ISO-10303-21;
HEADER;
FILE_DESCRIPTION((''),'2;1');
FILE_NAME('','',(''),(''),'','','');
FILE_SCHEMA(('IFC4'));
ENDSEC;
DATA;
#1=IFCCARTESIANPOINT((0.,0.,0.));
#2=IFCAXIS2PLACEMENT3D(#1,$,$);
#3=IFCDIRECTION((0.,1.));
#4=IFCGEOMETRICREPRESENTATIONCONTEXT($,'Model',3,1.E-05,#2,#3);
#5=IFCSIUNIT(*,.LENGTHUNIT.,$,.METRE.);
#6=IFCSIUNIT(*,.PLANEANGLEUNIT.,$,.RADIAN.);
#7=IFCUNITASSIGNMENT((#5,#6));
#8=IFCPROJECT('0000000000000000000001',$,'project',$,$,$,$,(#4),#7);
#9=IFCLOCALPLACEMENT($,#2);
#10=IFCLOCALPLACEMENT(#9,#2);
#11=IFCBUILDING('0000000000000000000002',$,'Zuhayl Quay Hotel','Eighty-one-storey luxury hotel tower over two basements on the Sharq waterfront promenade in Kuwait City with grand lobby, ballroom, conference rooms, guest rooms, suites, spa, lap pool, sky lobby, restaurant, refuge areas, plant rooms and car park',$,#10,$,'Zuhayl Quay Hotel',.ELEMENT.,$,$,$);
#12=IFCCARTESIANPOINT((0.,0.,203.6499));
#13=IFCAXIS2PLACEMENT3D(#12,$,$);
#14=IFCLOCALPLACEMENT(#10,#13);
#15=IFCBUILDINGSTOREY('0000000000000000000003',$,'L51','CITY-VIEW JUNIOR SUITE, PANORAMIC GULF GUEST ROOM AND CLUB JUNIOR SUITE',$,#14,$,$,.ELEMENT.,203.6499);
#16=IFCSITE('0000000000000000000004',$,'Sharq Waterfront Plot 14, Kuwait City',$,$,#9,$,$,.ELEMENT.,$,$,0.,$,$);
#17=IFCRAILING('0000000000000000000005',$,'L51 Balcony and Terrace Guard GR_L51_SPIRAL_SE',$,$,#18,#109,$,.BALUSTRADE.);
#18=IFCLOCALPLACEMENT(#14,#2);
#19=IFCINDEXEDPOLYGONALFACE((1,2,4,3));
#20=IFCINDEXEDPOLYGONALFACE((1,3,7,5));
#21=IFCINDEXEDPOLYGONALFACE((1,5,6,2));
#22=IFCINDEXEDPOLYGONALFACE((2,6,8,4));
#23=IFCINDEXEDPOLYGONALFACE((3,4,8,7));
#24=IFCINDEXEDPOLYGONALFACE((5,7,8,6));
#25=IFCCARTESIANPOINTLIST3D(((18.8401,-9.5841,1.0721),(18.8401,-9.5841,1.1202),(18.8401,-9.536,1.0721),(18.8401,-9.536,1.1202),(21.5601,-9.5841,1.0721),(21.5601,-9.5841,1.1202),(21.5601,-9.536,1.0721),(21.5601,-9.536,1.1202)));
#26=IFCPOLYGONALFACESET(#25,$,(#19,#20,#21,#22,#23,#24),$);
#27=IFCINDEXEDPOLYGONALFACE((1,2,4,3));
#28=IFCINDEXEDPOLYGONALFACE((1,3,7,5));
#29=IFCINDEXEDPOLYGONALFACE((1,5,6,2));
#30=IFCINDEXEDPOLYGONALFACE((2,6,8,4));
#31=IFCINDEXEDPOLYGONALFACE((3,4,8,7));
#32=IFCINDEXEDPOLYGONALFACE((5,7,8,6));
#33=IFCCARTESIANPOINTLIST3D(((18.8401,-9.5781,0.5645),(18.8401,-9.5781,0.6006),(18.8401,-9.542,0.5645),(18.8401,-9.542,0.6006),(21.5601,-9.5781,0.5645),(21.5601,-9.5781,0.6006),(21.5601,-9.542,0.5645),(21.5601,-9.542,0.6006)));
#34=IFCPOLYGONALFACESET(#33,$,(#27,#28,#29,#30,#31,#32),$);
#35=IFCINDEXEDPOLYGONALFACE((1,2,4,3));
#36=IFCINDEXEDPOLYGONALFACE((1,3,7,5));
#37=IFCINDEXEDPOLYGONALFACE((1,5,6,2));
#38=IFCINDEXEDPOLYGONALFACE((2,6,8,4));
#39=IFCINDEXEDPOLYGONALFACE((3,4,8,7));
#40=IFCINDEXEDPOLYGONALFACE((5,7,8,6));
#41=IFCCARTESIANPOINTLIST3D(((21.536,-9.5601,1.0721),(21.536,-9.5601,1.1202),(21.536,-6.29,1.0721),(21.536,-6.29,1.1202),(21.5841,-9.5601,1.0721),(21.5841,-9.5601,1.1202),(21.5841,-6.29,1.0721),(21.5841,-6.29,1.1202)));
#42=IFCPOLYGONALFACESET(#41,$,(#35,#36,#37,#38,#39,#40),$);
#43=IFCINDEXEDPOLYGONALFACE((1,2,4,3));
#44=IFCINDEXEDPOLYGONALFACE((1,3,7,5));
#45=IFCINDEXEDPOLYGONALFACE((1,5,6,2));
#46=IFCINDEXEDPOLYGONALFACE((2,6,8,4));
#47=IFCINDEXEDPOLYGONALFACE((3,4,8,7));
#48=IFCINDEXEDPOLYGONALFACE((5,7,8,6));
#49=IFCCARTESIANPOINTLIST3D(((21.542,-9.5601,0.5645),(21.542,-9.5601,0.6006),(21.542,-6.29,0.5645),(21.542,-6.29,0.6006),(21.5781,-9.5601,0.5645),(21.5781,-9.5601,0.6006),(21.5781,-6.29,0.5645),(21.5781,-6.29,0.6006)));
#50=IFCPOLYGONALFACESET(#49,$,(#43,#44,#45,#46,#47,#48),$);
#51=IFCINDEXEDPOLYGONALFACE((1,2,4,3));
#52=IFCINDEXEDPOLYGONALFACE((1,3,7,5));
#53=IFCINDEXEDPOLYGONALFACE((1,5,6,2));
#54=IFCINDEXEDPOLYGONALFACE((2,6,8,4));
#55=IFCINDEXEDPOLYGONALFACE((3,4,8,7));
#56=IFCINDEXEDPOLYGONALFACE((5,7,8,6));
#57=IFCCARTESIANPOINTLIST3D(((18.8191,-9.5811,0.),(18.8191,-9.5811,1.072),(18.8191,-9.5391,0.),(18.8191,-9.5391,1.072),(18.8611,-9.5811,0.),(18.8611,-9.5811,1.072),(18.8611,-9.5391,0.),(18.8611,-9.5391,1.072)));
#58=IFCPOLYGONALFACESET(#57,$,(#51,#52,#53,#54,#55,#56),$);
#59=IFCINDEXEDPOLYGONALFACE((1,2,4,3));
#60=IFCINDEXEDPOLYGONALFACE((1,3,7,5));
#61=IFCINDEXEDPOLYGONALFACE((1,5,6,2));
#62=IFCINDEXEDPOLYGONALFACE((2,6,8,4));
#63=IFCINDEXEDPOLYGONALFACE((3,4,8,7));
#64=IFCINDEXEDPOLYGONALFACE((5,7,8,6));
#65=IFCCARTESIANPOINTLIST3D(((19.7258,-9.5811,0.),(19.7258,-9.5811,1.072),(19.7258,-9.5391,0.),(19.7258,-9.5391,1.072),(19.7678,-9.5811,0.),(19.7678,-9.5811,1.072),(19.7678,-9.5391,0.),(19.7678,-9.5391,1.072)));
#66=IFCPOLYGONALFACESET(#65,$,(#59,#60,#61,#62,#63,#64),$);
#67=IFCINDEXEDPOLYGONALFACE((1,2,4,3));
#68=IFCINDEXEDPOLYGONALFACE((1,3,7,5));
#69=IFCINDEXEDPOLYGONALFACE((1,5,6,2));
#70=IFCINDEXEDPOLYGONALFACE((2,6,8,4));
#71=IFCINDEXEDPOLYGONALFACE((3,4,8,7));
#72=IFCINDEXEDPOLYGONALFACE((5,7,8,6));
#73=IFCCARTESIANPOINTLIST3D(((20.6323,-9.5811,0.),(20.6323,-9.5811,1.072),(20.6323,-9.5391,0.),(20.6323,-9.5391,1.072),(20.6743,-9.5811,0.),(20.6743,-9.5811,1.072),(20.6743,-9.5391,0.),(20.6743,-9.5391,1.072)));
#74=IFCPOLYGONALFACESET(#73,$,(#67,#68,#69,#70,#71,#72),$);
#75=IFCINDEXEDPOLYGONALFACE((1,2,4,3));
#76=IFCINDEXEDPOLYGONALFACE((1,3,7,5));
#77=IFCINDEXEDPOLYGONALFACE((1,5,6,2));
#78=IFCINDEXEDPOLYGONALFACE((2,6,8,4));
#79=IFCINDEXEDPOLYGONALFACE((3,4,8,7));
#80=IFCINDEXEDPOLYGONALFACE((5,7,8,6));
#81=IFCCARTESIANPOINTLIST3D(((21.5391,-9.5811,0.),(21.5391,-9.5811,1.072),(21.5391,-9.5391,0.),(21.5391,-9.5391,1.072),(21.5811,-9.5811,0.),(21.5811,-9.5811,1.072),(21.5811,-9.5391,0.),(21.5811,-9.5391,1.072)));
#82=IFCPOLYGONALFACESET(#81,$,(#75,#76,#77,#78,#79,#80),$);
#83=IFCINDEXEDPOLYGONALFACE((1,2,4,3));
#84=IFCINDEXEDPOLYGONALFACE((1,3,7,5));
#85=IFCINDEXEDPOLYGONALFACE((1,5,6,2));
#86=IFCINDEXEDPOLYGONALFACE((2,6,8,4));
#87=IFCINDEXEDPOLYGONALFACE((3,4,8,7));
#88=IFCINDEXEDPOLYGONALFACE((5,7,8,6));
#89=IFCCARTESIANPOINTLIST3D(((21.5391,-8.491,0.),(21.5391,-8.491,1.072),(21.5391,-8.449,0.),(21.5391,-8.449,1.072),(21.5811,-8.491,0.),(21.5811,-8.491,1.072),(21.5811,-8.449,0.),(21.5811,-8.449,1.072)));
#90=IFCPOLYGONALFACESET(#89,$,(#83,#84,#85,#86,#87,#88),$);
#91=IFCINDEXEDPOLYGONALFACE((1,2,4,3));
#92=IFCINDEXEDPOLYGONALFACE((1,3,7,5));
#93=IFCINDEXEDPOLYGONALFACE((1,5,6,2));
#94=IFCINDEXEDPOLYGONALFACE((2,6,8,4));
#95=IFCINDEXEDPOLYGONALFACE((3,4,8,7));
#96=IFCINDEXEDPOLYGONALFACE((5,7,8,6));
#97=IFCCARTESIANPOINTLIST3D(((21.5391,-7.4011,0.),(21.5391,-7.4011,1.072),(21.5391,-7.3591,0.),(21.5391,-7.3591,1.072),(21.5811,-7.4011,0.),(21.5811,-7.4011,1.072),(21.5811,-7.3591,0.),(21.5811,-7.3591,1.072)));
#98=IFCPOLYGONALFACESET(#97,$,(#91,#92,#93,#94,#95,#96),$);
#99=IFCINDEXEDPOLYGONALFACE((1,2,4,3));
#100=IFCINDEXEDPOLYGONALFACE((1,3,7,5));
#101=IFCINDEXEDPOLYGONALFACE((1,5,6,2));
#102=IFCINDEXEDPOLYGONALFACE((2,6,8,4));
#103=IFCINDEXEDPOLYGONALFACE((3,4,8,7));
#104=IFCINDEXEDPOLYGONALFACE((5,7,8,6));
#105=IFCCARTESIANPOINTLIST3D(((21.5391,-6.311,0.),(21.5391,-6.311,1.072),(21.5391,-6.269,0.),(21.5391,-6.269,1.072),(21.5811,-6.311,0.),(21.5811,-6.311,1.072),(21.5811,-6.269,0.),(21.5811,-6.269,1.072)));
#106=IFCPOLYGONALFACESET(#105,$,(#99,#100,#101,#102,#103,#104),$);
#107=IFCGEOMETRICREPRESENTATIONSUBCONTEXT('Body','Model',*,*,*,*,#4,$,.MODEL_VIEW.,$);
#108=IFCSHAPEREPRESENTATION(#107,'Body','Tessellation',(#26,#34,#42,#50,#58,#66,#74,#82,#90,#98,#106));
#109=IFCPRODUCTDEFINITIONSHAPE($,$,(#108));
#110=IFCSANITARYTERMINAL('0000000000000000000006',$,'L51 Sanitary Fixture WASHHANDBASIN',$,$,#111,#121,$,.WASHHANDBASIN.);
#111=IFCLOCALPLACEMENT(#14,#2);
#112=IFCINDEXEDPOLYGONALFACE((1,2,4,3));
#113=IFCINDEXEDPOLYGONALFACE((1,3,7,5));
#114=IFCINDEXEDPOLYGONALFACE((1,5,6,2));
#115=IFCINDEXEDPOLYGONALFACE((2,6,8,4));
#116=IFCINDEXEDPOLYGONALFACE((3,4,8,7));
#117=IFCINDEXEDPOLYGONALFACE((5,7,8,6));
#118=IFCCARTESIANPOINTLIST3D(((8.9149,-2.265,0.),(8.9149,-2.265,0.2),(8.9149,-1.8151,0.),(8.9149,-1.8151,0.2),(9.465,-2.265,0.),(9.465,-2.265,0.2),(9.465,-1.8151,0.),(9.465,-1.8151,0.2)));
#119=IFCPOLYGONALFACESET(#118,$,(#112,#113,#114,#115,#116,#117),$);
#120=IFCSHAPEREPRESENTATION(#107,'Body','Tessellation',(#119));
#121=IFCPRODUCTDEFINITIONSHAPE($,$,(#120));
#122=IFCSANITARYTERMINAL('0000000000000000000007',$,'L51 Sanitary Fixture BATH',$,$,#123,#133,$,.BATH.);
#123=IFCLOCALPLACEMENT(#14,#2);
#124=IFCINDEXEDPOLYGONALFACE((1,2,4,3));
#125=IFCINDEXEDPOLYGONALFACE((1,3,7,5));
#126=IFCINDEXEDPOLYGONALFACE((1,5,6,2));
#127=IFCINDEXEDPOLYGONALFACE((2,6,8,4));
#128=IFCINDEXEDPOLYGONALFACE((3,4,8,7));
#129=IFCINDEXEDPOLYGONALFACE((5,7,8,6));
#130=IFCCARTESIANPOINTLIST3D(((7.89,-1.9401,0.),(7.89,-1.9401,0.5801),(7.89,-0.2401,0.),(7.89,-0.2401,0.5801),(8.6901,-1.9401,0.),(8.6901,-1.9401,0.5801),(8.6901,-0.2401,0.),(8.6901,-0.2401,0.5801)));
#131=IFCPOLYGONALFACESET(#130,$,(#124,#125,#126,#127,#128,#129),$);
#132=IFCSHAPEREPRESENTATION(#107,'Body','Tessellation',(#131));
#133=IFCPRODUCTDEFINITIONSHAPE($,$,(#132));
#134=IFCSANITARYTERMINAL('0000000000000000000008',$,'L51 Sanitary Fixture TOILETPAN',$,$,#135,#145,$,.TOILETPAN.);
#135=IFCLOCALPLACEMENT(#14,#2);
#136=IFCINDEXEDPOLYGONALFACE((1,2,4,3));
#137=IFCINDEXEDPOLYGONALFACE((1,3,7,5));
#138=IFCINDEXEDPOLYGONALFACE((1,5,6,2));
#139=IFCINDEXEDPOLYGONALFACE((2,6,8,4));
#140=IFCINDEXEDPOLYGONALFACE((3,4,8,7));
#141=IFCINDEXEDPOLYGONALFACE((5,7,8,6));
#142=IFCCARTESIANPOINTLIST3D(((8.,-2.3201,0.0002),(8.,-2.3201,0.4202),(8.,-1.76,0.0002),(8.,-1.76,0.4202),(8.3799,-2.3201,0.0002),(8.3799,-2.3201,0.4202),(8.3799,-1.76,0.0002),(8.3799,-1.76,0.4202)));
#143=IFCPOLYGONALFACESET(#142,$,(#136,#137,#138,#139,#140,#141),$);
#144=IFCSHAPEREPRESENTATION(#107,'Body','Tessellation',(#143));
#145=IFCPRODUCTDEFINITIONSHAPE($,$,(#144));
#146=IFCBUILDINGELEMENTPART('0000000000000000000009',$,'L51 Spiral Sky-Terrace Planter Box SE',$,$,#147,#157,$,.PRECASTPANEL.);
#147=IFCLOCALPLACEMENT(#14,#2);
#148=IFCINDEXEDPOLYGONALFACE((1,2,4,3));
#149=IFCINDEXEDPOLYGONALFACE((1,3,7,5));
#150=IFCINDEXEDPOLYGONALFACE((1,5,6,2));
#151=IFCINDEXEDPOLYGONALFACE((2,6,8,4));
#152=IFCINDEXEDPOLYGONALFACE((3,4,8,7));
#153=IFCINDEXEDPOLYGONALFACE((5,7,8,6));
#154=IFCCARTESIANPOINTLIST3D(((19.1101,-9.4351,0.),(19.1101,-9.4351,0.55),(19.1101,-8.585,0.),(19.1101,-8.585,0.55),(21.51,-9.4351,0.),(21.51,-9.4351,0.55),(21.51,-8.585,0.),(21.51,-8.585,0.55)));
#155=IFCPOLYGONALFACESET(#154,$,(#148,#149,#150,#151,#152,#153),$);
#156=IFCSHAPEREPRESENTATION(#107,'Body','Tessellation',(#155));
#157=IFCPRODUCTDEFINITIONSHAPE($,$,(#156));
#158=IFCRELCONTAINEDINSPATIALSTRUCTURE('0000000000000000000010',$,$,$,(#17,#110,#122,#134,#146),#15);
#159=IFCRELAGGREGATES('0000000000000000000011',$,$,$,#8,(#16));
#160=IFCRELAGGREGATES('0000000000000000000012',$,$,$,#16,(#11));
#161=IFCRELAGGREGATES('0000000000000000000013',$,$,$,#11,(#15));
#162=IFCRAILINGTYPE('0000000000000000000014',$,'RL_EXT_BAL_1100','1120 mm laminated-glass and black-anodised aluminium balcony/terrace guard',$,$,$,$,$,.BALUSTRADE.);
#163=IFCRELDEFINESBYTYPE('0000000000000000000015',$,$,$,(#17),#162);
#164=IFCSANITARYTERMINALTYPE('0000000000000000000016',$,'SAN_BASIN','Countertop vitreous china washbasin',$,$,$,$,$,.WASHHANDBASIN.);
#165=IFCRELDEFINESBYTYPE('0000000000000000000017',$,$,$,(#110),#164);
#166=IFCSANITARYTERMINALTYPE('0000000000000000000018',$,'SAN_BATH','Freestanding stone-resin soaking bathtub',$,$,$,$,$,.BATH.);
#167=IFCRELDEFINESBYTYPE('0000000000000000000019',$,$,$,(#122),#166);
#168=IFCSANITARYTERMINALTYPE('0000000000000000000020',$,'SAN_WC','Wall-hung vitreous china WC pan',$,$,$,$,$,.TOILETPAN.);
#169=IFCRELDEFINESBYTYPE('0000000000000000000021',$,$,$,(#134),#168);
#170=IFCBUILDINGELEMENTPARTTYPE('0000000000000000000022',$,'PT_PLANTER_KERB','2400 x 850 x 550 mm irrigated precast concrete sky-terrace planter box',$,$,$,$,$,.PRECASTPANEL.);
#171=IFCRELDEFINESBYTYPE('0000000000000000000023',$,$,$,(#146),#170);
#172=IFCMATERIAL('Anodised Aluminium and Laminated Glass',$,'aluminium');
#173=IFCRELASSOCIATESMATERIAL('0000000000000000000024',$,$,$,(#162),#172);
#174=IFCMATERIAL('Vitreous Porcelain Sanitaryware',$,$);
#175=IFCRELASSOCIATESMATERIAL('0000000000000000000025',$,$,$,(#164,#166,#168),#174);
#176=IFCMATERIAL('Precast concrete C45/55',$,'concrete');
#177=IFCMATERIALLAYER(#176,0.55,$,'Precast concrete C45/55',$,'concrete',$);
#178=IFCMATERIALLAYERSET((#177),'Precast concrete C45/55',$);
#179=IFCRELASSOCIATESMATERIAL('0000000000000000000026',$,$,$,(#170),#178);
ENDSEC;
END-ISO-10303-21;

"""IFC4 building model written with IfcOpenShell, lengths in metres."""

from ifc_helpers import new_model, si_unit, direction, frame, origin, origin_2d, place, context, subcontext, project, spatial, rectangle, extrude, material, layer, layer_set, type_object, element, save


model = new_model("IFC4")

# Units and contexts
model_context = context("Model", 3, precision=1e-05, world=origin(), true_north=direction((0.0, 1.0)))
body_context = subcontext(model_context, "Body", "Model", "MODEL_VIEW")
ifc_project = project(units=[si_unit("LENGTHUNIT", "METRE"), si_unit("PLANEANGLEUNIT", "RADIAN")], contexts=[model_context])

# Site, building, storey
site_placement = place(None, origin())
site = spatial("IfcSite", under=ifc_project, at=site_placement, Name="Sharq Waterfront Plot 14, Kuwait City", CompositionType="ELEMENT", RefElevation=0.0)
building_placement = place(site_placement, origin())
building = spatial("IfcBuilding", under=site, at=building_placement, Name="Zuhayl Quay Hotel", Description="Eighty-one-storey luxury hotel tower over two basements on the Sharq waterfront promenade in Kuwait City with grand lobby, ballroom, conference rooms, guest rooms, suites, spa, lap pool, sky lobby, restaurant, refuge areas, plant rooms and car park", LongName="Zuhayl Quay Hotel", CompositionType="ELEMENT")
storey_placement = place(building_placement, frame((0.0, 0.0, 203.6499)))
storey = spatial("IfcBuildingStorey", under=building, at=storey_placement, Name="L51", Description="CITY-VIEW JUNIOR SUITE, PANORAMIC GULF GUEST ROOM AND CLUB JUNIOR SUITE", CompositionType="ELEMENT", Elevation=203.6499)

# Shared definitions
ifc_material_1 = material(Name="Precast concrete C45/55", Category="concrete")

# Railing
ifc_material_2 = material(Name="Anodised Aluminium and Laminated Glass", Category="aluminium")
railing_type = type_object("IfcRailingType", Name="RL_EXT_BAL_1100", Description="1120 mm laminated-glass and black-anodised aluminium balcony/terrace guard", PredefinedType="BALUSTRADE", material=ifc_material_2)
railing_placement = place(storey_placement, frame((18.8401, -9.5601, 0.0)))
element("IfcRailing", 1, at=railing_placement, inside=storey, type_object=railing_type, Name="L51 Balcony and Terrace Guard GR_L51_SPIRAL_SE", PredefinedType="BALUSTRADE", context=body_context, shape_type="SweptSolid", body=[
    extrude(rectangle(XDim=0.0481, YDim=0.0481, at=origin_2d()), frame((0.0, 0.0, 1.0962), z_axis=(1.0, 0.0, 0.0), x_axis=(0.0, 1.0, 0.0)), (0.0, 0.0, 1.0), 2.72),
    extrude(rectangle(XDim=0.0361, YDim=0.0361, at=origin_2d()), frame((0.0, 0.0, 0.5825), z_axis=(1.0, 0.0, 0.0), x_axis=(0.0, 1.0, 0.0)), (0.0, 0.0, 1.0), 2.72),
    extrude(rectangle(XDim=0.0481, YDim=0.0481, at=origin_2d()), frame((2.72, 0.0, 1.0962), z_axis=(0.0, 1.0, 0.0), x_axis=(-1.0, 0.0, 0.0)), (0.0, 0.0, 1.0), 3.27),
    extrude(rectangle(XDim=0.0361, YDim=0.0361, at=origin_2d()), frame((2.72, 0.0, 0.5825), z_axis=(0.0, 1.0, 0.0), x_axis=(-1.0, 0.0, 0.0)), (0.0, 0.0, 1.0), 3.27),
    extrude(rectangle(XDim=0.042, YDim=0.042, at=origin_2d()), origin(), (0.0, 0.0, 1.0), 1.072),
    extrude(rectangle(XDim=0.042, YDim=0.042, at=origin_2d()), frame((0.9067, 0.0, 0.0)), (0.0, 0.0, 1.0), 1.072),
    extrude(rectangle(XDim=0.042, YDim=0.042, at=origin_2d()), frame((1.8132, 0.0, 0.0)), (0.0, 0.0, 1.0), 1.072),
    extrude(rectangle(XDim=0.042, YDim=0.042, at=origin_2d()), frame((2.72, 0.0, 0.0)), (0.0, 0.0, 1.0), 1.072),
    extrude(rectangle(XDim=0.042, YDim=0.042, at=origin_2d()), frame((2.72, 1.0901, 0.0)), (0.0, 0.0, 1.0), 1.072),
    extrude(rectangle(XDim=0.042, YDim=0.042, at=origin_2d()), frame((2.72, 2.1799, 0.0)), (0.0, 0.0, 1.0), 1.072),
    extrude(rectangle(XDim=0.042, YDim=0.042, at=origin_2d()), frame((2.72, 3.27, 0.0)), (0.0, 0.0, 1.0), 1.072),
])

# Sanitary terminals
ifc_material_3 = material(Name="Vitreous Porcelain Sanitaryware")
sanitary_terminal_type_1 = type_object("IfcSanitaryTerminalType", Name="SAN_BASIN", Description="Countertop vitreous china washbasin", PredefinedType="WASHHANDBASIN", material=ifc_material_3)
sanitary_terminal_1_placement = place(storey_placement, frame((9.1899, -2.04, 0.0), z_axis=(0.0, 0.0, 1.0), x_axis=(1.0, 0.0, 0.0)))
element("IfcSanitaryTerminal", 2, at=sanitary_terminal_1_placement, inside=storey, type_object=sanitary_terminal_type_1, Name="L51 Sanitary Fixture WASHHANDBASIN", PredefinedType="WASHHANDBASIN", context=body_context, shape_type="SweptSolid", body=[
    extrude(rectangle(XDim=0.55, YDim=0.45, at=origin_2d()), origin(), (0.0, 0.0, 1.0), 0.2),
])
sanitary_terminal_type_2 = type_object("IfcSanitaryTerminalType", Name="SAN_BATH", Description="Freestanding stone-resin soaking bathtub", PredefinedType="BATH", material=ifc_material_3)
sanitary_terminal_2_placement = place(storey_placement, frame((8.29, -1.0901, 0.0), z_axis=(0.0, 0.0, 1.0), x_axis=(1.0, 0.0, 0.0)))
element("IfcSanitaryTerminal", 3, at=sanitary_terminal_2_placement, inside=storey, type_object=sanitary_terminal_type_2, Name="L51 Sanitary Fixture BATH", PredefinedType="BATH", context=body_context, shape_type="SweptSolid", body=[
    extrude(rectangle(XDim=0.8, YDim=1.7, at=origin_2d()), origin(), (0.0, 0.0, 1.0), 0.5801),
])
sanitary_terminal_type_3 = type_object("IfcSanitaryTerminalType", Name="SAN_WC", Description="Wall-hung vitreous china WC pan", PredefinedType="TOILETPAN", material=ifc_material_3)
sanitary_terminal_3_placement = place(storey_placement, frame((8.1899, -2.04, 0.0002), z_axis=(0.0, 0.0, 1.0), x_axis=(1.0, 0.0, 0.0)))
element("IfcSanitaryTerminal", 4, at=sanitary_terminal_3_placement, inside=storey, type_object=sanitary_terminal_type_3, Name="L51 Sanitary Fixture TOILETPAN", PredefinedType="TOILETPAN", context=body_context, shape_type="SweptSolid", body=[
    extrude(rectangle(XDim=0.3799, YDim=0.5601, at=origin_2d()), origin(), (0.0, 0.0, 1.0), 0.4199),
])

# Building element part
ifc_layer_1 = layer(ifc_material_1, 0.55, Name="Precast concrete C45/55", Category="concrete")
ifc_layer_set_1 = layer_set([ifc_layer_1], Name="Precast concrete C45/55")
building_element_part_type = type_object("IfcBuildingElementPartType", Name="PT_PLANTER_KERB", Description="2400 x 850 x 550 mm irrigated precast concrete sky-terrace planter box", PredefinedType="PRECASTPANEL", material=ifc_layer_set_1)
building_element_part_placement = place(storey_placement, frame((20.3101, -9.01, 0.0), z_axis=(0.0, 0.0, 1.0), x_axis=(1.0, 0.0, 0.0)))
element("IfcBuildingElementPart", 5, at=building_element_part_placement, inside=storey, type_object=building_element_part_type, Name="L51 Spiral Sky-Terrace Planter Box SE", PredefinedType="PRECASTPANEL", context=body_context, shape_type="SweptSolid", body=[
    extrude(rectangle(XDim=2.3999, YDim=0.8501, at=origin_2d()), origin(), (0.0, 0.0, 1.0), 0.55),
])

save(model, "model.ifc")
